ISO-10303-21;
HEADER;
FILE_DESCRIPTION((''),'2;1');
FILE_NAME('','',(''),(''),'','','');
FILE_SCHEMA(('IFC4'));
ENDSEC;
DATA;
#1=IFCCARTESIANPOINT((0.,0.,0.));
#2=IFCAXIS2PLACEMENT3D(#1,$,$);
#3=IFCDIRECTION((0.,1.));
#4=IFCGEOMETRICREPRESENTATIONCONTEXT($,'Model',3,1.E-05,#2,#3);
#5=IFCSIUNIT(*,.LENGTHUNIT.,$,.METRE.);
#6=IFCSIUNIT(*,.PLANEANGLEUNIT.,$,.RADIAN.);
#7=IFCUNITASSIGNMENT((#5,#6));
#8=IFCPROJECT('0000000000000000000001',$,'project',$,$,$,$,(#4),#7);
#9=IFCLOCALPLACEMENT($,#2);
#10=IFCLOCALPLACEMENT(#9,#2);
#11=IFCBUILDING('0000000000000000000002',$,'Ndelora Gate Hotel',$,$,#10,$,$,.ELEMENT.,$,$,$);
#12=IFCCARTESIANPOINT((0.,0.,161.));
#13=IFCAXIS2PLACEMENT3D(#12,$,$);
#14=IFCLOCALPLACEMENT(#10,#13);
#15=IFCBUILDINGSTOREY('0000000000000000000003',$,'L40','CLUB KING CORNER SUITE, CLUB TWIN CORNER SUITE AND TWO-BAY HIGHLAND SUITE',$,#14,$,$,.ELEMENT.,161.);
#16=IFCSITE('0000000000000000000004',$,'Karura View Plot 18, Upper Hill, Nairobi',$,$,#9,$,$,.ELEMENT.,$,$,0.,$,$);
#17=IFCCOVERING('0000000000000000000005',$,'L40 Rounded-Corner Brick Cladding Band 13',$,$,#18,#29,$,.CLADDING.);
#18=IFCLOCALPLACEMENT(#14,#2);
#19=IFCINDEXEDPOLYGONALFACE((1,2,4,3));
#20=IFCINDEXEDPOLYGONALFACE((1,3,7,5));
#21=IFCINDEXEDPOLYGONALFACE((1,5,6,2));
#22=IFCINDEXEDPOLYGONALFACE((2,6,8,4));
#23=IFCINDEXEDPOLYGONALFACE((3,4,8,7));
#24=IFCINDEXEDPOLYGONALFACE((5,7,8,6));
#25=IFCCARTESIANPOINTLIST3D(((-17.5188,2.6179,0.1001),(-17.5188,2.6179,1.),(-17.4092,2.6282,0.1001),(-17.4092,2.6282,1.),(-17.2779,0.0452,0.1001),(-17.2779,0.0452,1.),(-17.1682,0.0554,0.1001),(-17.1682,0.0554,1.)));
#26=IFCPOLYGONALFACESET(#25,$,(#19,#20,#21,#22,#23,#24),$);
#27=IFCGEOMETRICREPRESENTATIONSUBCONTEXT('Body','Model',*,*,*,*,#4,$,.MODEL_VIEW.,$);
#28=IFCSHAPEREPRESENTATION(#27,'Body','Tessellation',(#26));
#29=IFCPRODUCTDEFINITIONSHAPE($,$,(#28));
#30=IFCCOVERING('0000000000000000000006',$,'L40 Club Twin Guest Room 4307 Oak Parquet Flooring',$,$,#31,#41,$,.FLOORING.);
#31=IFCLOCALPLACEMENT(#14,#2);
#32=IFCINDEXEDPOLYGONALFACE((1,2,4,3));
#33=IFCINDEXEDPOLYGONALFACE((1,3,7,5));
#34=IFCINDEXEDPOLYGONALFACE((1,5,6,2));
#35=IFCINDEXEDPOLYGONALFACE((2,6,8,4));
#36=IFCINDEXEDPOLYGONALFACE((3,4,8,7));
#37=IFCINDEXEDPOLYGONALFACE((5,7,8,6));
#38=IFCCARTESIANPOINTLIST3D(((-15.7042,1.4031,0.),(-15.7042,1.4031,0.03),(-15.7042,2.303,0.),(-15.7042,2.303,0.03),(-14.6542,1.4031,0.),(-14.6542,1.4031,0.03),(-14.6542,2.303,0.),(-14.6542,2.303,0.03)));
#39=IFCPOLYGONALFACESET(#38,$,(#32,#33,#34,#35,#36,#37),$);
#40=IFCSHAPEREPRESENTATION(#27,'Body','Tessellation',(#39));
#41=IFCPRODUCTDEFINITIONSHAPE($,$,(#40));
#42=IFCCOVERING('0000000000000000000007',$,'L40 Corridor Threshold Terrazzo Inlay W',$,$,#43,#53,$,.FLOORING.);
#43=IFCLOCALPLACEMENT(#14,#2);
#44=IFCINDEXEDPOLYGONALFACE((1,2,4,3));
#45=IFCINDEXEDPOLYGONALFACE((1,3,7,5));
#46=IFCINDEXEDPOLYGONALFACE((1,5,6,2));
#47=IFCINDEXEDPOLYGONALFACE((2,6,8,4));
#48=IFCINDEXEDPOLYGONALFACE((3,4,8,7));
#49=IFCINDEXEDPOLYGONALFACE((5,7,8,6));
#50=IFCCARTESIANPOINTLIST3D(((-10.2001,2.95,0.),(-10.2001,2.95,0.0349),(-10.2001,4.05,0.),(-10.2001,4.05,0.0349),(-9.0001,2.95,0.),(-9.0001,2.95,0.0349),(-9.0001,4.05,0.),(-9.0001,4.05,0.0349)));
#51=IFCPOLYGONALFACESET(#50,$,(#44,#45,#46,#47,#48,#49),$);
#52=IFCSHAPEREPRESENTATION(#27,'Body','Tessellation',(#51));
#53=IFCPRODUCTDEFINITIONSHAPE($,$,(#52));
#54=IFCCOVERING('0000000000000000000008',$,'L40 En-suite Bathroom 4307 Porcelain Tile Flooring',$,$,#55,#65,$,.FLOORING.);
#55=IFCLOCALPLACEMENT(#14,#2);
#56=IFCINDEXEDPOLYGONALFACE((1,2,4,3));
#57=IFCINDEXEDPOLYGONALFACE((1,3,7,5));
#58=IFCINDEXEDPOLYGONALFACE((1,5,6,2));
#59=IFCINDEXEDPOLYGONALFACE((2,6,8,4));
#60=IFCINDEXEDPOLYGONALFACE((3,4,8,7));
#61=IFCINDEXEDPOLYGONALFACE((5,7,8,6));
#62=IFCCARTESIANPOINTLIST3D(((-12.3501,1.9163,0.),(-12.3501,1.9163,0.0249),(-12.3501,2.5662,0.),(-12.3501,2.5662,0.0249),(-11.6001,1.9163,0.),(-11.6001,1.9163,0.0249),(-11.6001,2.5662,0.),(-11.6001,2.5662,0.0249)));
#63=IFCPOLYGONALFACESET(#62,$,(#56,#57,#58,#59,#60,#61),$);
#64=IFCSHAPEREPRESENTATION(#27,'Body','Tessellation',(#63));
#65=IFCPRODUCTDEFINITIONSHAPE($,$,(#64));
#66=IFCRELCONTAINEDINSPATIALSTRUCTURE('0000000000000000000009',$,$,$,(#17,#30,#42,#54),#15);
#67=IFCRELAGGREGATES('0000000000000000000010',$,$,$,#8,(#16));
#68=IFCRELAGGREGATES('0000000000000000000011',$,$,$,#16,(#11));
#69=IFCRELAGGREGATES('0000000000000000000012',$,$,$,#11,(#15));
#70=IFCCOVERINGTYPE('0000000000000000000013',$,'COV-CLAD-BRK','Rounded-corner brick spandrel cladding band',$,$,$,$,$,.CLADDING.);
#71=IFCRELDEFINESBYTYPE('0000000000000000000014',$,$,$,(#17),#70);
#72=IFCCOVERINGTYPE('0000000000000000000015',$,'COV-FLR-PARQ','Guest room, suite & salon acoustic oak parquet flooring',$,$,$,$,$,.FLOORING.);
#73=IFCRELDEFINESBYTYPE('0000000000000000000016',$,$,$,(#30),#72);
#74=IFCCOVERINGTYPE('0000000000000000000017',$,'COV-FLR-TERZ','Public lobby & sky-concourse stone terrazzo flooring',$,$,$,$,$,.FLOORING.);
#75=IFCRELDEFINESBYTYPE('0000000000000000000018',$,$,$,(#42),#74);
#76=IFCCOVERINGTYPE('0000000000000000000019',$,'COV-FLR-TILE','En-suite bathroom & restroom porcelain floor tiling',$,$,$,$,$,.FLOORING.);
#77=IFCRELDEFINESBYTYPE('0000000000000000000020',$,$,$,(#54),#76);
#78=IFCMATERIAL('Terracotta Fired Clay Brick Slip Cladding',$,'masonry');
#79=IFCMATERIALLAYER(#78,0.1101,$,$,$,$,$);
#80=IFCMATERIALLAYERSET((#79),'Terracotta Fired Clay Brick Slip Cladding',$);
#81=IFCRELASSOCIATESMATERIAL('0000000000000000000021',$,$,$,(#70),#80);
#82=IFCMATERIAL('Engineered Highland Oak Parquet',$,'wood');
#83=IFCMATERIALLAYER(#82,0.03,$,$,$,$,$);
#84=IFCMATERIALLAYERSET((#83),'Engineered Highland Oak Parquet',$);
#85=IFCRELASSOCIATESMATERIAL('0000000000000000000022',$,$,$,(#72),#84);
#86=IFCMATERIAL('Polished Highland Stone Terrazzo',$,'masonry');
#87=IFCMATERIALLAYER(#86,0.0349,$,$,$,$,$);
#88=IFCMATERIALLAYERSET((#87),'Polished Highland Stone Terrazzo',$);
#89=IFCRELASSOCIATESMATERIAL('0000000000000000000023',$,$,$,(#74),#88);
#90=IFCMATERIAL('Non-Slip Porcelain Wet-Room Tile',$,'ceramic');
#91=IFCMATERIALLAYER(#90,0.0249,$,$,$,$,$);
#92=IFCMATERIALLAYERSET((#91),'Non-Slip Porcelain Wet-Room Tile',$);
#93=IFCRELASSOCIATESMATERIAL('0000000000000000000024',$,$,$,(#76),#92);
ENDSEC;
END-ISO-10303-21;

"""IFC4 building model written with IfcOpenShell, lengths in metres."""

from ifc_helpers import new_model, si_unit, direction, frame, origin, origin_2d, place, context, subcontext, project, spatial, rectangle, extrude, material, layer, layer_set, type_object, element, save


model = new_model("IFC4")

# Units and contexts
model_context = context("Model", 3, precision=1e-05, world=origin(), true_north=direction((0.0, 1.0)))
body_context = subcontext(model_context, "Body", "Model", "MODEL_VIEW")
ifc_project = project(units=[si_unit("LENGTHUNIT", "METRE"), si_unit("PLANEANGLEUNIT", "RADIAN")], contexts=[model_context])

# Site, building, storey
site_placement = place(None, origin())
site = spatial("IfcSite", under=ifc_project, at=site_placement, Name="Karura View Plot 18, Upper Hill, Nairobi", CompositionType="ELEMENT", RefElevation=0.0)
building_placement = place(site_placement, origin())
building = spatial("IfcBuilding", under=site, at=building_placement, Name="Ndelora Gate Hotel", CompositionType="ELEMENT")
storey_placement = place(building_placement, frame((0.0, 0.0, 161.0)))
storey = spatial("IfcBuildingStorey", under=building, at=storey_placement, Name="L40", Description="CLUB KING CORNER SUITE, CLUB TWIN CORNER SUITE AND TWO-BAY HIGHLAND SUITE", CompositionType="ELEMENT", Elevation=161.0)

# Coverings
ifc_material_1 = material(Name="Terracotta Fired Clay Brick Slip Cladding", Category="masonry")
ifc_layer_1 = layer(ifc_material_1, 0.1101)
ifc_layer_set_1 = layer_set([ifc_layer_1], Name="Terracotta Fired Clay Brick Slip Cladding")
covering_type_1 = type_object("IfcCoveringType", Name="COV-CLAD-BRK", Description="Rounded-corner brick spandrel cladding band", PredefinedType="CLADDING", material=ifc_layer_set_1)
covering_1_placement = place(storey_placement, frame((-17.3435, 1.3367, 0.1001), z_axis=(0.0, 0.0, 1.0), x_axis=(-0.093239, 0.995644, 0.0)))
element("IfcCovering", 1, at=covering_1_placement, inside=storey, type_object=covering_type_1, Name="L40 Rounded-Corner Brick Cladding Band 13", PredefinedType="CLADDING", context=body_context, shape_type="SweptSolid", body=[
    extrude(rectangle(XDim=2.584, YDim=0.1101, at=origin_2d()), origin(), (0.0, 0.0, 1.0), 0.8999),
])
ifc_material_2 = material(Name="Engineered Highland Oak Parquet", Category="wood")
ifc_layer_2 = layer(ifc_material_2, 0.03)
ifc_layer_set_2 = layer_set([ifc_layer_2], Name="Engineered Highland Oak Parquet")
covering_type_2 = type_object("IfcCoveringType", Name="COV-FLR-PARQ", Description="Guest room, suite & salon acoustic oak parquet flooring", PredefinedType="FLOORING", material=ifc_layer_set_2)
covering_2_placement = place(storey_placement, frame((-15.1792, 1.853, 0.0), z_axis=(0.0, 0.0, 1.0), x_axis=(1.0, 0.0, 0.0)))
element("IfcCovering", 2, at=covering_2_placement, inside=storey, type_object=covering_type_2, Name="L40 Club Twin Guest Room 4307 Oak Parquet Flooring", PredefinedType="FLOORING", context=body_context, shape_type="SweptSolid", body=[
    extrude(rectangle(XDim=1.05, YDim=0.8999, at=origin_2d()), origin(), (0.0, 0.0, 1.0), 0.03),
])
ifc_material_3 = material(Name="Polished Highland Stone Terrazzo", Category="masonry")
ifc_layer_3 = layer(ifc_material_3, 0.0349)
ifc_layer_set_3 = layer_set([ifc_layer_3], Name="Polished Highland Stone Terrazzo")
covering_type_3 = type_object("IfcCoveringType", Name="COV-FLR-TERZ", Description="Public lobby & sky-concourse stone terrazzo flooring", PredefinedType="FLOORING", material=ifc_layer_set_3)
covering_3_placement = place(storey_placement, frame((-9.6001, 3.5, 0.0), z_axis=(0.0, 0.0, 1.0), x_axis=(1.0, 0.0, 0.0)))
element("IfcCovering", 3, at=covering_3_placement, inside=storey, type_object=covering_type_3, Name="L40 Corridor Threshold Terrazzo Inlay W", PredefinedType="FLOORING", context=body_context, shape_type="SweptSolid", body=[
    extrude(rectangle(XDim=1.2, YDim=1.1001, at=origin_2d()), origin(), (0.0, 0.0, 1.0), 0.0349),
])
ifc_material_4 = material(Name="Non-Slip Porcelain Wet-Room Tile", Category="ceramic")
ifc_layer_4 = layer(ifc_material_4, 0.0249)
ifc_layer_set_4 = layer_set([ifc_layer_4], Name="Non-Slip Porcelain Wet-Room Tile")
covering_type_4 = type_object("IfcCoveringType", Name="COV-FLR-TILE", Description="En-suite bathroom & restroom porcelain floor tiling", PredefinedType="FLOORING", material=ifc_layer_set_4)
covering_4_placement = place(storey_placement, frame((-11.9751, 2.2412, 0.0), z_axis=(0.0, 0.0, 1.0), x_axis=(1.0, 0.0, 0.0)))
element("IfcCovering", 4, at=covering_4_placement, inside=storey, type_object=covering_type_4, Name="L40 En-suite Bathroom 4307 Porcelain Tile Flooring", PredefinedType="FLOORING", context=body_context, shape_type="SweptSolid", body=[
    extrude(rectangle(XDim=0.75, YDim=0.6499, at=origin_2d()), origin(), (0.0, 0.0, 1.0), 0.0249),
])

save(model, "model.ifc")
